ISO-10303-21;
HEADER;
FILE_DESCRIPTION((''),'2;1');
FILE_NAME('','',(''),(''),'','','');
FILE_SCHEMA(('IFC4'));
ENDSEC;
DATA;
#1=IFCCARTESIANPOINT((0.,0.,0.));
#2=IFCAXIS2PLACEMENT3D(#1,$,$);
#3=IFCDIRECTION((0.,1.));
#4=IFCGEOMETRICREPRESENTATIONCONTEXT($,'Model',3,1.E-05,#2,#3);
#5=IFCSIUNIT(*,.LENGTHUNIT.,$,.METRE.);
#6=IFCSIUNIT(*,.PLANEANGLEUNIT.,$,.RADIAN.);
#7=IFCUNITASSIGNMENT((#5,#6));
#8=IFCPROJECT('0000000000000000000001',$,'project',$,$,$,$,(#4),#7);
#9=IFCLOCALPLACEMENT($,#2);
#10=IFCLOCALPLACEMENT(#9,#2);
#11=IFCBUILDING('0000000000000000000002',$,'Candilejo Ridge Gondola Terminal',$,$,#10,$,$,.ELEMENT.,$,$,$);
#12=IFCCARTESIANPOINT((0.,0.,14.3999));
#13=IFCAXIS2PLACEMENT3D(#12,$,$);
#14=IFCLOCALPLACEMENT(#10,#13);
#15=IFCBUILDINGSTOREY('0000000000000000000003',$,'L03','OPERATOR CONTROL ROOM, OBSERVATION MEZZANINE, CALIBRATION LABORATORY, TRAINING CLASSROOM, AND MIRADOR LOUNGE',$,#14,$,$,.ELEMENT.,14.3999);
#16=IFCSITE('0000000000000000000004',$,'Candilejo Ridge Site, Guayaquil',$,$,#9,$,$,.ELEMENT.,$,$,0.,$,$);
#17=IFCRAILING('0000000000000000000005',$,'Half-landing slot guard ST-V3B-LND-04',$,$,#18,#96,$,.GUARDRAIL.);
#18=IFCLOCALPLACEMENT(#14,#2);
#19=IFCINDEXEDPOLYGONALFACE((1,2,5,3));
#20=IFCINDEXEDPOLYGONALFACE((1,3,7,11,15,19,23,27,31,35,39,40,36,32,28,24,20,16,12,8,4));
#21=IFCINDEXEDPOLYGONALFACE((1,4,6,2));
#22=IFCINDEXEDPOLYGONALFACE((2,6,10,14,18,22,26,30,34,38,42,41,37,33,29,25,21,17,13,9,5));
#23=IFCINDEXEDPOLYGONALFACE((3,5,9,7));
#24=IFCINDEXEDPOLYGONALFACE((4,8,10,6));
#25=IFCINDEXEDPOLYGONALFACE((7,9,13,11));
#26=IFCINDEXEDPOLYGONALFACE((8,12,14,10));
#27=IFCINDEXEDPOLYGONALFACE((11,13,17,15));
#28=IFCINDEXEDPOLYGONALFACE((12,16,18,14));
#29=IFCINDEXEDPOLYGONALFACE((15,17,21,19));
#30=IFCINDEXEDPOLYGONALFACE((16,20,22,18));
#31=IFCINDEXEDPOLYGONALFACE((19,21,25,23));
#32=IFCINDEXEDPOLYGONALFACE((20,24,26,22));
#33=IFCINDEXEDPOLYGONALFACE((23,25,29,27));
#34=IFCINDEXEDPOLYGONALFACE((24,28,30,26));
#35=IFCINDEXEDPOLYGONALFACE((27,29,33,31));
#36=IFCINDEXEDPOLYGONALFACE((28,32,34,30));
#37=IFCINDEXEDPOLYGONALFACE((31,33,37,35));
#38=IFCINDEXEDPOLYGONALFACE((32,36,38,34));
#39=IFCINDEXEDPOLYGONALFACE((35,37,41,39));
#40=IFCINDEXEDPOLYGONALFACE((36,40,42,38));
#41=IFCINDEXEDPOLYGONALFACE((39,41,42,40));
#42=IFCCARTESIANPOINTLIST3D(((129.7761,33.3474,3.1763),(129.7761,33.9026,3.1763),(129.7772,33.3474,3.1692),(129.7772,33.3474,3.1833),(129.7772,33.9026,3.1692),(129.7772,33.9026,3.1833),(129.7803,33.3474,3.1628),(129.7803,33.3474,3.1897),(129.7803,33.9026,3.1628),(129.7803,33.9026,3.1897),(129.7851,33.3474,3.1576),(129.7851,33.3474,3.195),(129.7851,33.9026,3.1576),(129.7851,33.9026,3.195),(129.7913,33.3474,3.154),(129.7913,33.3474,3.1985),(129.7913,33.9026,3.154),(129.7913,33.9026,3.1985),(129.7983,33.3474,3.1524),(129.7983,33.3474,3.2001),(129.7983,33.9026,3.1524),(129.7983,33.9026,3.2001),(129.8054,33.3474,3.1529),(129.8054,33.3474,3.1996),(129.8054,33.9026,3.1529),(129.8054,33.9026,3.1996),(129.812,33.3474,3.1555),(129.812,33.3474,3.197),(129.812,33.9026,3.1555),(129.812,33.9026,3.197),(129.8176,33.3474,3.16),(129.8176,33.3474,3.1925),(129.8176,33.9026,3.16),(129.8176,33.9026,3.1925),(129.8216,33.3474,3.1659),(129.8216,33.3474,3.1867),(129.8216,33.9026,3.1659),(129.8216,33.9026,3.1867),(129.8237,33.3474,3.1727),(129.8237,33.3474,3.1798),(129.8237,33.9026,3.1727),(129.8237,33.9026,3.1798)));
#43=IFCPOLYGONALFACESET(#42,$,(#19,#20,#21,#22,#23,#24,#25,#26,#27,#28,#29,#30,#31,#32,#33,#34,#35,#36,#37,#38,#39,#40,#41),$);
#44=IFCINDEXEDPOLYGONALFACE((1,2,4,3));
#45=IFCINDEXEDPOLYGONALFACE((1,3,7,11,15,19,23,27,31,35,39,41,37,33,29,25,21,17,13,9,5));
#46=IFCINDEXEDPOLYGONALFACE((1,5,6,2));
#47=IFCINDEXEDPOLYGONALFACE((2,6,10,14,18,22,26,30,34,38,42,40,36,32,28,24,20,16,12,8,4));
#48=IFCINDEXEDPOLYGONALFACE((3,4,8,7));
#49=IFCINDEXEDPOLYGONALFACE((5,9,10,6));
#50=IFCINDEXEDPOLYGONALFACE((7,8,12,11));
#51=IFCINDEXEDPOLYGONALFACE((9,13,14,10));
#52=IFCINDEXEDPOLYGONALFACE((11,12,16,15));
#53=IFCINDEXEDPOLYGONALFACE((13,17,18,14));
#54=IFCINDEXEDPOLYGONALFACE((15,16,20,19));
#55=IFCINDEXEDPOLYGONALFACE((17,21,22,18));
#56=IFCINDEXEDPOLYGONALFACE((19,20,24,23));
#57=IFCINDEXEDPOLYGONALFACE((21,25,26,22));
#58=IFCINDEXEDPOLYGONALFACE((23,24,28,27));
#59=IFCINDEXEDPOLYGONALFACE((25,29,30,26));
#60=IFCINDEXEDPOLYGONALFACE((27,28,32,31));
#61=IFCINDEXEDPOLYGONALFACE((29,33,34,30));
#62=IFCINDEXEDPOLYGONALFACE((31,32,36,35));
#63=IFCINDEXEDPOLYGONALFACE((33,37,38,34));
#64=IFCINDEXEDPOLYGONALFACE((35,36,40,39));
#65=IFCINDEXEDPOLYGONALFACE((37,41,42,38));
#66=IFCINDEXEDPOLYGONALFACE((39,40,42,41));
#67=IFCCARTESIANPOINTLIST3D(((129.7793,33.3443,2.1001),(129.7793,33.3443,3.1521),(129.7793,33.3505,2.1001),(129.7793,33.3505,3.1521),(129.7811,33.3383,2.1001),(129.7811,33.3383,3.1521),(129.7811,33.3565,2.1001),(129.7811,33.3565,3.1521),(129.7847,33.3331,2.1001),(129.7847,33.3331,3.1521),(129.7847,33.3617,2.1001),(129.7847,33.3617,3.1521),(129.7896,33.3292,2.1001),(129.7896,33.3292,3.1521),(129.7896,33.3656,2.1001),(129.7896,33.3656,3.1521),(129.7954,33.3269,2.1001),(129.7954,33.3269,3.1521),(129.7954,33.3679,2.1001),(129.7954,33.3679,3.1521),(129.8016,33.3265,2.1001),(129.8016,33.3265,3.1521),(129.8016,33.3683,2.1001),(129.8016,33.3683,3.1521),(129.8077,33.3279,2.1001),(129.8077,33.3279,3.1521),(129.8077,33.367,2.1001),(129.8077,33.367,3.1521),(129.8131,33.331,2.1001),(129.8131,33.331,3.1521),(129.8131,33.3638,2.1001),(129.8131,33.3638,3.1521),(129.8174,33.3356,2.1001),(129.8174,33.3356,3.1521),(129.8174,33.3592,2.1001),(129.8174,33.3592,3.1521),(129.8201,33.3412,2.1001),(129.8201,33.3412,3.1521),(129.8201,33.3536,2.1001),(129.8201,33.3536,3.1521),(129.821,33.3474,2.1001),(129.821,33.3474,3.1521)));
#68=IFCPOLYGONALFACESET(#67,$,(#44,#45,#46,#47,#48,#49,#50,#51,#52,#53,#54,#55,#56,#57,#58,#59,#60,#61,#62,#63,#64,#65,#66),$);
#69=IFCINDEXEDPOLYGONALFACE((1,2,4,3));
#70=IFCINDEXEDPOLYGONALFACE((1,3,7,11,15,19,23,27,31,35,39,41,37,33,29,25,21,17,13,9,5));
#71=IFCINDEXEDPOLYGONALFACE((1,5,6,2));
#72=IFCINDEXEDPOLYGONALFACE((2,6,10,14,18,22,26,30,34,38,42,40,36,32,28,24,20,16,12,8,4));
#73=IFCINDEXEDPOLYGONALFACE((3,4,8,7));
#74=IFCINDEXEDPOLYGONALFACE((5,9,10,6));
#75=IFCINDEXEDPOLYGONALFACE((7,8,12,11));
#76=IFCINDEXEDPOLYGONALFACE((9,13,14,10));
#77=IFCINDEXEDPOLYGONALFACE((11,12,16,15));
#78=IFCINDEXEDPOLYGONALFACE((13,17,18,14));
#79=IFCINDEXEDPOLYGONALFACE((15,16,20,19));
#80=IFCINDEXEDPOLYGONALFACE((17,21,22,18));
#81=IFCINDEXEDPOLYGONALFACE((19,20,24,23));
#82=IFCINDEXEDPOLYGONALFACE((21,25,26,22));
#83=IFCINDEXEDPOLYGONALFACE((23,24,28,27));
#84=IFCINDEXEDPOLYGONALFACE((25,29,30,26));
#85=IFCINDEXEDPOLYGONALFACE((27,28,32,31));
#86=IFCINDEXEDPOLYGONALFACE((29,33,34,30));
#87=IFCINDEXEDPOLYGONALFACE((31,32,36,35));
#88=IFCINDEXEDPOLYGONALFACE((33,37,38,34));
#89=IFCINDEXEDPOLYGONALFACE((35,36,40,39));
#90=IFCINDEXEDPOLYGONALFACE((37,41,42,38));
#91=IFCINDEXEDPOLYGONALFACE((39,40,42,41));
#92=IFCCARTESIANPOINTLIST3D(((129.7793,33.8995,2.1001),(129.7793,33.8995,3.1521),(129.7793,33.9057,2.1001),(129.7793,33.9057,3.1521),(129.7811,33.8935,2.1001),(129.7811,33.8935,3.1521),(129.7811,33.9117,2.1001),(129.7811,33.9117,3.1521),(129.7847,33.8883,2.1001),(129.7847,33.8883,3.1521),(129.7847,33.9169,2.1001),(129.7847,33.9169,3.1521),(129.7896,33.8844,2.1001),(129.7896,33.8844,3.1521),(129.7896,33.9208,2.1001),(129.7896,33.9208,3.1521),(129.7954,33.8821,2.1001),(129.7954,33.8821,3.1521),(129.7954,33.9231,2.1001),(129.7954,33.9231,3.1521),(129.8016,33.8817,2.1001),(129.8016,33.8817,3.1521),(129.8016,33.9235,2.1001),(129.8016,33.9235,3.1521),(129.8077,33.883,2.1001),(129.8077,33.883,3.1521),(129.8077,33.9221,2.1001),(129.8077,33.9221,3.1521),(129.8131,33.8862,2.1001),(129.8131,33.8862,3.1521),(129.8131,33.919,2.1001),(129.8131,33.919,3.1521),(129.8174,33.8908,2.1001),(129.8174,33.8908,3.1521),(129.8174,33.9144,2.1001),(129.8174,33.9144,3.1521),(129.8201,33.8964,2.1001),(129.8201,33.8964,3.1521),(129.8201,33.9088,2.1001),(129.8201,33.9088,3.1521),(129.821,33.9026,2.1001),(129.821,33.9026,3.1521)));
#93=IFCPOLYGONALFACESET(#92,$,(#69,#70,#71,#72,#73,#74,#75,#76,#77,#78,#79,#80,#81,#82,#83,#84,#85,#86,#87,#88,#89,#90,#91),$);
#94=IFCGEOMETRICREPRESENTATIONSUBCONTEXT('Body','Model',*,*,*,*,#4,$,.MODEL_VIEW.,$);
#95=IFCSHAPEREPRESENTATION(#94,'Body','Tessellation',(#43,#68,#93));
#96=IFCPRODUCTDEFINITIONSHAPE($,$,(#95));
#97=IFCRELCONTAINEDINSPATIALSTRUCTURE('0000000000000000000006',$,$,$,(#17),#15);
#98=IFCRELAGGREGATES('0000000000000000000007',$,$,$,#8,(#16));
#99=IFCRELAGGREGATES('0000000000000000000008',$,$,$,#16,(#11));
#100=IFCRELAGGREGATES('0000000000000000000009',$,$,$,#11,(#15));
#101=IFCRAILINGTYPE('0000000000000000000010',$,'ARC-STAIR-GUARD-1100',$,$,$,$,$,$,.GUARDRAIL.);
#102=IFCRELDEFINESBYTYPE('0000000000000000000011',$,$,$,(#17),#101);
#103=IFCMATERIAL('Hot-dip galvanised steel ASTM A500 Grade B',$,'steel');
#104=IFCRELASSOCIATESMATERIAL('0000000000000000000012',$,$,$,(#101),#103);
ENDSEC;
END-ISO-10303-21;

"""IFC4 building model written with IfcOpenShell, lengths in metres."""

from ifc_helpers import new_model, si_unit, direction, frame, origin, origin_2d, place, context, subcontext, project, spatial, circle, extrude, material, type_object, element, save


model = new_model("IFC4")

# Units and contexts
model_context = context("Model", 3, precision=1e-05, world=origin(), true_north=direction((0.0, 1.0)))
body_context = subcontext(model_context, "Body", "Model", "MODEL_VIEW")
ifc_project = project(units=[si_unit("LENGTHUNIT", "METRE"), si_unit("PLANEANGLEUNIT", "RADIAN")], contexts=[model_context])

# Site, building, storey
site_placement = place(None, origin())
site = spatial("IfcSite", under=ifc_project, at=site_placement, Name="Candilejo Ridge Site, Guayaquil", CompositionType="ELEMENT", RefElevation=0.0)
building_placement = place(site_placement, origin())
building = spatial("IfcBuilding", under=site, at=building_placement, Name="Candilejo Ridge Gondola Terminal", CompositionType="ELEMENT")
storey_placement = place(building_placement, frame((0.0, 0.0, 14.3999)))
storey = spatial("IfcBuildingStorey", under=building, at=storey_placement, Name="L03", Description="OPERATOR CONTROL ROOM, OBSERVATION MEZZANINE, CALIBRATION LABORATORY, TRAINING CLASSROOM, AND MIRADOR LOUNGE", CompositionType="ELEMENT", Elevation=14.3999)

# Railing
ifc_material_1 = material(Name="Hot-dip galvanised steel ASTM A500 Grade B", Category="steel")
railing_type_1 = type_object("IfcRailingType", Name="ARC-STAIR-GUARD-1100", PredefinedType="GUARDRAIL", material=ifc_material_1)
railing_1_placement = place(storey_placement, frame((129.8, 33.3474, 2.1001)))
element("IfcRailing", 1, at=railing_1_placement, inside=storey, type_object=railing_type_1, Name="Half-landing slot guard ST-V3B-LND-04", PredefinedType="GUARDRAIL", context=body_context, shape_type="SweptSolid", body=[
    extrude(circle(Radius=0.0239, at=origin_2d()), frame((0.0, 0.0, 1.0762), z_axis=(0.0, 1.0, 0.0), x_axis=(-1.0, 0.0, 0.0)), (0.0, 0.0, 1.0), 0.5552),
    extrude(circle(Radius=0.021, at=origin_2d()), origin(), (0.0, 0.0, 1.0), 1.052),
    extrude(circle(Radius=0.021, at=origin_2d()), frame((0.0, 0.5552, 0.0)), (0.0, 0.0, 1.0), 1.052),
])

save(model, "model.ifc")
